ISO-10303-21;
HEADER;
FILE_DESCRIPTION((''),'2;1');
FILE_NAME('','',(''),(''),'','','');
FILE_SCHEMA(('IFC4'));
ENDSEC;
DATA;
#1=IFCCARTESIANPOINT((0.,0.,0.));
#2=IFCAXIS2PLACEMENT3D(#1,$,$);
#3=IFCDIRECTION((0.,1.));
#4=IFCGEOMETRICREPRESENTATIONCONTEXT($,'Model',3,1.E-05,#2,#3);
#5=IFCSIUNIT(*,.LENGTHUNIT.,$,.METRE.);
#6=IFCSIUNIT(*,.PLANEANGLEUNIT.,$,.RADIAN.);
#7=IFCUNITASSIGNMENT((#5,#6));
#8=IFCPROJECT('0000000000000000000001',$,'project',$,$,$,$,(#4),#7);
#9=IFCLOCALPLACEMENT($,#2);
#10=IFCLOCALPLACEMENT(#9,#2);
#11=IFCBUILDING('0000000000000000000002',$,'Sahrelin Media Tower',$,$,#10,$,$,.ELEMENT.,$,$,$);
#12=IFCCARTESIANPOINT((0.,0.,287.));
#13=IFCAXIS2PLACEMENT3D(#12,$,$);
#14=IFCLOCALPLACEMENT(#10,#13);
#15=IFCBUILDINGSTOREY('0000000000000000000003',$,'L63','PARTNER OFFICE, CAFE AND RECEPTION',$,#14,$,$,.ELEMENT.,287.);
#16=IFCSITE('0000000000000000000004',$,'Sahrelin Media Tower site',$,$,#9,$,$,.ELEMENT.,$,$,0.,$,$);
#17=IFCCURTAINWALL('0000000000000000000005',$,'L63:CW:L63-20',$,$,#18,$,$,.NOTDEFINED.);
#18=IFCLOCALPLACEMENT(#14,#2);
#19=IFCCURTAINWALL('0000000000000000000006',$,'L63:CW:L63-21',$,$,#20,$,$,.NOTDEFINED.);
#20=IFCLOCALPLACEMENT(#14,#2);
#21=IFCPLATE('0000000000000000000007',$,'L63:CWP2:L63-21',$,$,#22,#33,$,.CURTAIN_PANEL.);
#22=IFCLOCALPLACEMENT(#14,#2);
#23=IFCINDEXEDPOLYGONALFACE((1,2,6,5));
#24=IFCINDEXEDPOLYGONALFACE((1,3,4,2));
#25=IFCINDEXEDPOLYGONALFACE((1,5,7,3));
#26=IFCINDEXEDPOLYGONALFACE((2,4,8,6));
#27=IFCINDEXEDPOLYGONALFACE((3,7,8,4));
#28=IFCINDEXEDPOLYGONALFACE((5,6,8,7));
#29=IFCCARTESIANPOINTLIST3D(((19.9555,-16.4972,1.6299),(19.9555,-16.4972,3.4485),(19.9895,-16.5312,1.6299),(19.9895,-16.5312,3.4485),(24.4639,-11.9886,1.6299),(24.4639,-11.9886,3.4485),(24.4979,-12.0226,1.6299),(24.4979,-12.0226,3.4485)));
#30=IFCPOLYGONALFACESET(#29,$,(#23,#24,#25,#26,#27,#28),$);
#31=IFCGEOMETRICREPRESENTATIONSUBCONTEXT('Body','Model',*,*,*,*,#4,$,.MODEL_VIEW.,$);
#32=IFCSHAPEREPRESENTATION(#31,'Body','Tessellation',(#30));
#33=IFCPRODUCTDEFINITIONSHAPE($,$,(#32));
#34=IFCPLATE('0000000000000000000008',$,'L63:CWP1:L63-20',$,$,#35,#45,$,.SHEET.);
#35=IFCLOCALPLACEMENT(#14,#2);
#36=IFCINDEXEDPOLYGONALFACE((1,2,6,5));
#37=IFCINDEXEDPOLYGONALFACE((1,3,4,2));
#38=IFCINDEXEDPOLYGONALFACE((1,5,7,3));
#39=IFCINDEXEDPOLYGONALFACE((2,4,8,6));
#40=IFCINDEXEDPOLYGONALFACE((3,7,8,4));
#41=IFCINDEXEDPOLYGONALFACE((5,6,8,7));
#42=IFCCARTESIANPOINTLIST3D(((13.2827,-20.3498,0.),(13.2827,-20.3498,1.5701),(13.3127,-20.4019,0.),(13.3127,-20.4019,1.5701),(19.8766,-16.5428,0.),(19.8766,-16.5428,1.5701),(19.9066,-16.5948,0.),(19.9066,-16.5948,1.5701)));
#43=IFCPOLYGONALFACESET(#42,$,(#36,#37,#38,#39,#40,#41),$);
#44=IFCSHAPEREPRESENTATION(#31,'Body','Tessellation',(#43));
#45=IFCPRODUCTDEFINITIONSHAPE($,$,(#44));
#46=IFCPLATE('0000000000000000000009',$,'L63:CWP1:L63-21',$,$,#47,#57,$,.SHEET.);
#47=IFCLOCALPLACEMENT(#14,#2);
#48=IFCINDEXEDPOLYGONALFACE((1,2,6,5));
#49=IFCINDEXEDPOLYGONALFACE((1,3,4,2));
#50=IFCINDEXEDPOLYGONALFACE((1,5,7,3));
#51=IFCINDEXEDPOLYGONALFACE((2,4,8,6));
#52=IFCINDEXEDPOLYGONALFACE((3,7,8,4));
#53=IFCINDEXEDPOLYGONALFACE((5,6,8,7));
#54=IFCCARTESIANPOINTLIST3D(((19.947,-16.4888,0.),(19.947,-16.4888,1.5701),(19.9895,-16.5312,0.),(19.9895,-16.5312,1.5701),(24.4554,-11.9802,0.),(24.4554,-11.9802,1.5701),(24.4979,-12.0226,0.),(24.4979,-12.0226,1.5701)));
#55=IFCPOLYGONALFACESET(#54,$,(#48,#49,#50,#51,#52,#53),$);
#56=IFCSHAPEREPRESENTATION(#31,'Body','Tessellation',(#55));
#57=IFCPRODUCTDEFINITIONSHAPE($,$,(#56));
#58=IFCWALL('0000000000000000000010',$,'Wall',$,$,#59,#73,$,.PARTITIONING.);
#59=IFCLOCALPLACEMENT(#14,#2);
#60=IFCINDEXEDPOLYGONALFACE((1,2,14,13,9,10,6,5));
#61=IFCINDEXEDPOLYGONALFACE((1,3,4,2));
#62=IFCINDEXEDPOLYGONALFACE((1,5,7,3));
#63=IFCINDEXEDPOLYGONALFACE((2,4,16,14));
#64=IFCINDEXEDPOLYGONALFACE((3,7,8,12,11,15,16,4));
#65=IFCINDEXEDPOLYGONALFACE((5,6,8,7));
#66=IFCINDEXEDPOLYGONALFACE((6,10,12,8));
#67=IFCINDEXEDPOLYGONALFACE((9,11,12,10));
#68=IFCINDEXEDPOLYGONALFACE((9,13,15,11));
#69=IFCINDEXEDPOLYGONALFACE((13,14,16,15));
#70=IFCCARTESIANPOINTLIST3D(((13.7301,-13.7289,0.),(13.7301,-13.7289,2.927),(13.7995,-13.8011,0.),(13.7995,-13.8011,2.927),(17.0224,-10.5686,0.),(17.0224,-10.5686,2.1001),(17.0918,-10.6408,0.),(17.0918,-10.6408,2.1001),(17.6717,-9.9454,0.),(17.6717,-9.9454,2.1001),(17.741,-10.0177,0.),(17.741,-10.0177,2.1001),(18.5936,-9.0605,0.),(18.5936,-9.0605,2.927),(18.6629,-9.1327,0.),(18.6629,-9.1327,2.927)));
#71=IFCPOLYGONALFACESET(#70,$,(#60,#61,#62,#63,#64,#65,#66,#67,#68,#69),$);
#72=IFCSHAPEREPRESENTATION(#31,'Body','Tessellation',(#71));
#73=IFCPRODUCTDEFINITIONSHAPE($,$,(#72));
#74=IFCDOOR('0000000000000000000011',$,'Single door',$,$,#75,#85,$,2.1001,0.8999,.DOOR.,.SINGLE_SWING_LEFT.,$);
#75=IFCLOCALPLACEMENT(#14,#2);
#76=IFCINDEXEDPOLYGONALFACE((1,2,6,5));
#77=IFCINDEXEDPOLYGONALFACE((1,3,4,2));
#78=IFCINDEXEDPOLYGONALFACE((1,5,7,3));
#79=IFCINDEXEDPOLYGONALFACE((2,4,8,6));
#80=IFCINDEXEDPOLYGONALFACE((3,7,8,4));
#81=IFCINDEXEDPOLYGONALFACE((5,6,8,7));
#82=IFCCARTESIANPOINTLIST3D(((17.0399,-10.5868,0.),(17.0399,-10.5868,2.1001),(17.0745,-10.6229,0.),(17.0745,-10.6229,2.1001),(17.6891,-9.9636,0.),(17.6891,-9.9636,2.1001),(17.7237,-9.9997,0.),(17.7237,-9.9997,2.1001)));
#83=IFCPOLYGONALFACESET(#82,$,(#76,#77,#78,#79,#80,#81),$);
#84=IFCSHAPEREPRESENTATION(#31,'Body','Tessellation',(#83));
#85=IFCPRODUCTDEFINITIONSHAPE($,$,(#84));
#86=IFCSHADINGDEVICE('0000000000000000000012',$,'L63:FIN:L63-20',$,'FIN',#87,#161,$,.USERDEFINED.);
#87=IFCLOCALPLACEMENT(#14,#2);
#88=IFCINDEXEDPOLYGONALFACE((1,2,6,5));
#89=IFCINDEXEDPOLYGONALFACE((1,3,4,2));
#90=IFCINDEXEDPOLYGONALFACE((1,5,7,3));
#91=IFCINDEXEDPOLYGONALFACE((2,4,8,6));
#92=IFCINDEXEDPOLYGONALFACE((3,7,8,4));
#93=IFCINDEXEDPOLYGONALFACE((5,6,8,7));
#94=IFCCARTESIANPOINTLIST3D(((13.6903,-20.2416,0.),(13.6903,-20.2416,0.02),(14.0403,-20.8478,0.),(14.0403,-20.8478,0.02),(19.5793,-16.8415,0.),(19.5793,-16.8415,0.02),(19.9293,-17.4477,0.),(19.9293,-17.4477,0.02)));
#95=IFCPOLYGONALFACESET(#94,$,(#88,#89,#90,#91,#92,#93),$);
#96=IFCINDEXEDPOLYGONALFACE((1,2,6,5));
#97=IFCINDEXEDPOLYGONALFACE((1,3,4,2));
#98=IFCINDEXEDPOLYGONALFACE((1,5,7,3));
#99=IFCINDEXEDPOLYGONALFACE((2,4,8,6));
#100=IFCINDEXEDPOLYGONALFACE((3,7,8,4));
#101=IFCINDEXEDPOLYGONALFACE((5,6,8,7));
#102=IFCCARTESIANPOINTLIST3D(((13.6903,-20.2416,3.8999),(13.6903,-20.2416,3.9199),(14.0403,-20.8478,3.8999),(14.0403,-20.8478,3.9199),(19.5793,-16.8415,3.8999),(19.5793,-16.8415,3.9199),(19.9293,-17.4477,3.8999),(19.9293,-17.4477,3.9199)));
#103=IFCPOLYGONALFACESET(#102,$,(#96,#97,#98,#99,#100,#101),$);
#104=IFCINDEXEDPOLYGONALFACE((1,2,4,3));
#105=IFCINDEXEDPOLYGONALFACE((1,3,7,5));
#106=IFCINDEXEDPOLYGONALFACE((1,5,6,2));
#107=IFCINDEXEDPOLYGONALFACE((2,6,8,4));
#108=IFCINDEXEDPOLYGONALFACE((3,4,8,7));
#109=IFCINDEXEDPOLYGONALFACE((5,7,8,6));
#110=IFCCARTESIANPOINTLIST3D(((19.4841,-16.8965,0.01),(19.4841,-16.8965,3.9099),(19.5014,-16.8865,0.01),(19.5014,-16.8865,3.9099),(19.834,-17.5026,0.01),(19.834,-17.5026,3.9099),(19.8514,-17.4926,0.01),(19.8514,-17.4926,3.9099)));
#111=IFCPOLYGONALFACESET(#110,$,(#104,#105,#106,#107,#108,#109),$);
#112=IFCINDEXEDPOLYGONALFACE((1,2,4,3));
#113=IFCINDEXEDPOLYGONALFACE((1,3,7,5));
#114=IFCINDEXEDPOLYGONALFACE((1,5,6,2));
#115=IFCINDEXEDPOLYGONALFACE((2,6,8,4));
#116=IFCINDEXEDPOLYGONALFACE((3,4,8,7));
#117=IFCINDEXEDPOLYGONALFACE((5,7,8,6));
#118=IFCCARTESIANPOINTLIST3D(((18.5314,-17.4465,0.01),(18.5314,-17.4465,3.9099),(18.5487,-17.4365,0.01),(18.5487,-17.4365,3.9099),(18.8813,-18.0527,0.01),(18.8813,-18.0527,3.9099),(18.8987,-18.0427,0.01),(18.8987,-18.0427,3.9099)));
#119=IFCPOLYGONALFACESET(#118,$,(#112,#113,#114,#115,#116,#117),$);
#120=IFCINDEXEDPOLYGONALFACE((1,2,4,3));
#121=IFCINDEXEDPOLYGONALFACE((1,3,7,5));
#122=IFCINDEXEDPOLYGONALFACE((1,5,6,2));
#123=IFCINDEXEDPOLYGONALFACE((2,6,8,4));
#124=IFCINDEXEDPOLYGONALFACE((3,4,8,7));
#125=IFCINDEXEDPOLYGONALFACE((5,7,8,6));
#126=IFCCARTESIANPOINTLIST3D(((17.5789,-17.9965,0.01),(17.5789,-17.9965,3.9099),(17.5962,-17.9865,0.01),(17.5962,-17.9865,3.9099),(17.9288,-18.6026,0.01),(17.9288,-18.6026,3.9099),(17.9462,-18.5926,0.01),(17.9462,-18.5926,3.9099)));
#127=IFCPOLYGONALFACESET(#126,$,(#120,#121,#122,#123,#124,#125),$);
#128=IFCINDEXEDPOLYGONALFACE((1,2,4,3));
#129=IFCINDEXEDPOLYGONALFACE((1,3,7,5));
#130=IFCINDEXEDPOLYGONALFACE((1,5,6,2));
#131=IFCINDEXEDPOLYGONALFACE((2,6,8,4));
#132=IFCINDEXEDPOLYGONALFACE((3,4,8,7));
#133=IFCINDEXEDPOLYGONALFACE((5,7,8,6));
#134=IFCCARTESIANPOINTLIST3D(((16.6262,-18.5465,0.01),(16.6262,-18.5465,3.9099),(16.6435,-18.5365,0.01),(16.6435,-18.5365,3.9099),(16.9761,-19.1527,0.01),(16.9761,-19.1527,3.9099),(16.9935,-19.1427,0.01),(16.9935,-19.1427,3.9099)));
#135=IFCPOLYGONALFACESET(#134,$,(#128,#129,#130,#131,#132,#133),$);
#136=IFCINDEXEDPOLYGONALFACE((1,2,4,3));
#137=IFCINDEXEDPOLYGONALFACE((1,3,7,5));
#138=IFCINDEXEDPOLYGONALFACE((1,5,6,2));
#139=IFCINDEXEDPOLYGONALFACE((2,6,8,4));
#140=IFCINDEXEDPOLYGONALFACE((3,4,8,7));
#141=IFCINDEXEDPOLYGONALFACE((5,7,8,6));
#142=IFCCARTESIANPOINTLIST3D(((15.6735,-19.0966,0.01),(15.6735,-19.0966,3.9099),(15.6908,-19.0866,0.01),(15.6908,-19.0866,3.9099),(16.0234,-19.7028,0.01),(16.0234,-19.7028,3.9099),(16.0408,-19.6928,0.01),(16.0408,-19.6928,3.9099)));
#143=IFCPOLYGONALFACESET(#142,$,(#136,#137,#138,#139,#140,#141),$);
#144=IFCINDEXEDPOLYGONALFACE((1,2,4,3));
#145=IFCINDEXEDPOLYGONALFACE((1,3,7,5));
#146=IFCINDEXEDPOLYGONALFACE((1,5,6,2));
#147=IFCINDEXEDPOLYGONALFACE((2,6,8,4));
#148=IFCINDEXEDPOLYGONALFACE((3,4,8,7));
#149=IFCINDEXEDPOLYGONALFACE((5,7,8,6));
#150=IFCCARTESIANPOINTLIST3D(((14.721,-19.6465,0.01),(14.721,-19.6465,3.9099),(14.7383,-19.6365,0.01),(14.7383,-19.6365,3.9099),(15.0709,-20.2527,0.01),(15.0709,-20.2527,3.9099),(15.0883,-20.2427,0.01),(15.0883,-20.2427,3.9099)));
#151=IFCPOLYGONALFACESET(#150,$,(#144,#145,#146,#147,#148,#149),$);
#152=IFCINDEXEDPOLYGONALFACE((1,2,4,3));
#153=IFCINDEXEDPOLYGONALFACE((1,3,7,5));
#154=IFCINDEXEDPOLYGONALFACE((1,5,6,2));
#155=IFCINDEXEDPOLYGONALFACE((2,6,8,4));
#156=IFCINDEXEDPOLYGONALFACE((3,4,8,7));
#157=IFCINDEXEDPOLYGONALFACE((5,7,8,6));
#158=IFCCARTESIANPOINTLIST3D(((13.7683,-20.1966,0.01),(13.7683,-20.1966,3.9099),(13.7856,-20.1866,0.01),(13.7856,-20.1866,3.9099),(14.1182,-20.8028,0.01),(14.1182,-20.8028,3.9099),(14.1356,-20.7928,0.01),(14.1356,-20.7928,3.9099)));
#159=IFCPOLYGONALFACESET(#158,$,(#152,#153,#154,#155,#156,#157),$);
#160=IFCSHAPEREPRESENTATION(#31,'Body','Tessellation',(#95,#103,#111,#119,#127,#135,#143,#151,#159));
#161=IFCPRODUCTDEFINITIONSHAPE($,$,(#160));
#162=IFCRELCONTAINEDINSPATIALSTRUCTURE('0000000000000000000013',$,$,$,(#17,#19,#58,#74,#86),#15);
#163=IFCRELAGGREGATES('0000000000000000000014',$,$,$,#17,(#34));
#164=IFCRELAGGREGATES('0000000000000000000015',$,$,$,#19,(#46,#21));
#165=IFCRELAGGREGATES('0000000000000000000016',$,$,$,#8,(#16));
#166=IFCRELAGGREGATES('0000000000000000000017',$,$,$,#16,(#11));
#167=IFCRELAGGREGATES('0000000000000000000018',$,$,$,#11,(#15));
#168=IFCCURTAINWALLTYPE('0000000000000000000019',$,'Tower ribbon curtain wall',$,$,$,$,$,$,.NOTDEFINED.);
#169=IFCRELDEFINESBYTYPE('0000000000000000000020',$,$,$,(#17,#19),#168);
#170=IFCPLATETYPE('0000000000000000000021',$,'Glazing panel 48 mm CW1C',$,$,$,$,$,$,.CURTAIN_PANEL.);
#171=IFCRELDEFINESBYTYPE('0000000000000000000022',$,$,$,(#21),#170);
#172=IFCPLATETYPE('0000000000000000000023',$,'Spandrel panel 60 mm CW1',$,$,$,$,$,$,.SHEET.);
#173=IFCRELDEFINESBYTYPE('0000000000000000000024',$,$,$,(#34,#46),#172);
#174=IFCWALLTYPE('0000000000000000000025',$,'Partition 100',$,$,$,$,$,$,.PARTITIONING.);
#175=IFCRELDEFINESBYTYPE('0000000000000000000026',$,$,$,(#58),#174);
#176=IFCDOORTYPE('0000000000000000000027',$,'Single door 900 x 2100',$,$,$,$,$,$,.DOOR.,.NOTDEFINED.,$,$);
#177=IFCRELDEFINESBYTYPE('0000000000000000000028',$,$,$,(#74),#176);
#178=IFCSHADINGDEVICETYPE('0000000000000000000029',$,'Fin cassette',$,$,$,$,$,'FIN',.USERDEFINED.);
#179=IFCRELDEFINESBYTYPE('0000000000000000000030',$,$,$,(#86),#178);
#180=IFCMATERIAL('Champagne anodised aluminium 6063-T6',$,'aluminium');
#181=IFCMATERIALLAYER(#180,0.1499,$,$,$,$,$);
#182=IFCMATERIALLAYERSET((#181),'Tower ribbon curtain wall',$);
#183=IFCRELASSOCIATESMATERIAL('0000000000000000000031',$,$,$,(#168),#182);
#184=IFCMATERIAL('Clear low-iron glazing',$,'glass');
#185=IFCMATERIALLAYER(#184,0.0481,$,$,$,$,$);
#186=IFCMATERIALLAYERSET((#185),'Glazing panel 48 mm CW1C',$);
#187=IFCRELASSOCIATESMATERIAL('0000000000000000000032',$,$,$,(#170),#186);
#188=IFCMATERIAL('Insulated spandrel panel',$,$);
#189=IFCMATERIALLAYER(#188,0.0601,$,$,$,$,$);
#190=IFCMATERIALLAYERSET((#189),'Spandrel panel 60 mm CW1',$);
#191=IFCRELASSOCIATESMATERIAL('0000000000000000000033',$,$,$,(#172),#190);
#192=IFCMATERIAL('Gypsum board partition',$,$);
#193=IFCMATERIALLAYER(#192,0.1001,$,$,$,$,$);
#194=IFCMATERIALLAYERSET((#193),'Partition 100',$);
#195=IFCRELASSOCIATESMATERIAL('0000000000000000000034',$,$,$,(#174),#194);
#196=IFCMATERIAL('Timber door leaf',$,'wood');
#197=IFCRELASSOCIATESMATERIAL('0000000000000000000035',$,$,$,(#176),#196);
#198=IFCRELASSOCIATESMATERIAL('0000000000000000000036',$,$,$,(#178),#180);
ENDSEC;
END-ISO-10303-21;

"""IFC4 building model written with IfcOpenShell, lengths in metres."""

from ifc_helpers import new_model, si_unit, direction, frame, frame_2d, origin, origin_2d, place, context, subcontext, project, spatial, polyline, rectangle, outline, extrude, material, layer, layer_set, type_object, element, fill, aggregate, save


model = new_model("IFC4")

# Units and contexts
model_context = context("Model", 3, precision=1e-05, world=origin(), true_north=direction((0.0, 1.0)))
body_context = subcontext(model_context, "Body", "Model", "MODEL_VIEW")
ifc_project = project(units=[si_unit("LENGTHUNIT", "METRE"), si_unit("PLANEANGLEUNIT", "RADIAN")], contexts=[model_context])

# Site, building, storey
site_placement = place(None, origin())
site = spatial("IfcSite", under=ifc_project, at=site_placement, Name="Sahrelin Media Tower site", CompositionType="ELEMENT", RefElevation=0.0)
building_placement = place(site_placement, origin())
building = spatial("IfcBuilding", under=site, at=building_placement, Name="Sahrelin Media Tower", CompositionType="ELEMENT")
storey_placement = place(building_placement, frame((0.0, 0.0, 287.0)))
storey = spatial("IfcBuildingStorey", under=building, at=storey_placement, Name="L63", Description="PARTNER OFFICE, CAFE AND RECEPTION", CompositionType="ELEMENT", Elevation=287.0)

# Curtain walls
ifc_material_1 = material(Name="Champagne anodised aluminium 6063-T6", Category="aluminium")
ifc_layer_1 = layer(ifc_material_1, 0.1499)
ifc_layer_set_1 = layer_set([ifc_layer_1], Name="Tower ribbon curtain wall")
curtain_wall_type = type_object("IfcCurtainWallType", Name="Tower ribbon curtain wall", PredefinedType="NOTDEFINED", material=ifc_layer_set_1)
curtain_wall_1_placement = place(storey_placement, frame((16.5999, -18.481, 0.0), z_axis=(0.0, 0.0, 1.0), x_axis=(1.0, 0.0, 0.0)))
curtain_wall_1 = element("IfcCurtainWall", 1, at=curtain_wall_1_placement, inside=storey, type_object=curtain_wall_type, Name="L63:CW:L63-20", PredefinedType="NOTDEFINED")
curtain_wall_2_placement = place(storey_placement, frame((22.2295, -14.2629, 0.0), z_axis=(0.0, 0.0, 1.0), x_axis=(1.0, 0.0, 0.0)))
curtain_wall_2 = element("IfcCurtainWall", 2, at=curtain_wall_2_placement, inside=storey, type_object=curtain_wall_type, Name="L63:CW:L63-21", PredefinedType="NOTDEFINED")

# Plates
ifc_material_2 = material(Name="Clear low-iron glazing", Category="glass")
ifc_layer_2 = layer(ifc_material_2, 0.0481)
ifc_layer_set_2 = layer_set([ifc_layer_2], Name="Glazing panel 48 mm CW1C")
plate_type_1 = type_object("IfcPlateType", Name="Glazing panel 48 mm CW1C", PredefinedType="CURTAIN_PANEL", material=ifc_layer_set_2)
plate_1_placement = place(storey_placement, frame((19.9895, -16.5312, 1.6299), z_axis=(0.707126, -0.707088, 0.0), x_axis=(0.707088, 0.707126, 0.0)))
plate_1 = element("IfcPlate", 3, at=plate_1_placement, type_object=plate_type_1, Name="L63:CWP2:L63-21", PredefinedType="CURTAIN_PANEL", context=body_context, shape_type="SweptSolid", body=[
    extrude(outline(polyline([(0.0, 0.0), (6.376, 0.0), (6.376, 1.8186), (0.0, 1.8186), (0.0, 0.0)])), origin(), (0.0, 0.0, -1.0), 0.0481),
])
ifc_material_3 = material(Name="Insulated spandrel panel")
ifc_layer_3 = layer(ifc_material_3, 0.0601)
ifc_layer_set_3 = layer_set([ifc_layer_3], Name="Spandrel panel 60 mm CW1")
plate_type_2 = type_object("IfcPlateType", Name="Spandrel panel 60 mm CW1", PredefinedType="SHEET", material=ifc_layer_set_3)
plate_2_placement = place(storey_placement, frame((13.3127, -20.4019, 0.0), z_axis=(0.500008, -0.866021, 0.0), x_axis=(0.866021, 0.500008, 0.0)))
plate_2 = element("IfcPlate", 4, at=plate_2_placement, type_object=plate_type_2, Name="L63:CWP1:L63-20", PredefinedType="SHEET", context=body_context, shape_type="SweptSolid", body=[
    extrude(outline(polyline([(0.0, 0.0), (7.614, 0.0), (7.614, 1.5701), (0.0, 1.5701), (0.0, 0.0)])), origin(), (0.0, 0.0, -1.0), 0.0601),
])
aggregate(curtain_wall_1, [plate_2])
plate_3_placement = place(storey_placement, frame((19.9895, -16.5312, 0.0), z_axis=(0.707126, -0.707088, 0.0), x_axis=(0.707088, 0.707126, 0.0)))
plate_3 = element("IfcPlate", 5, at=plate_3_placement, type_object=plate_type_2, Name="L63:CWP1:L63-21", PredefinedType="SHEET", context=body_context, shape_type="SweptSolid", body=[
    extrude(outline(polyline([(0.0, 0.0), (6.376, 0.0), (6.376, 1.5701), (0.0, 1.5701), (0.0, 0.0)])), origin(), (0.0, 0.0, -1.0), 0.0601),
])
aggregate(curtain_wall_2, [plate_3, plate_1])

# Wall, opening, door
ifc_material_4 = material(Name="Gypsum board partition")
ifc_layer_4 = layer(ifc_material_4, 0.1001)
ifc_layer_set_4 = layer_set([ifc_layer_4], Name="Partition 100")
wall_type = type_object("IfcWallType", Name="Partition 100", PredefinedType="PARTITIONING", material=ifc_layer_set_4)
wall_placement = place(storey_placement, frame((13.7649, -13.7649, 0.0), z_axis=(0.0, 0.0, 1.0), x_axis=(0.721426, 0.692491, 0.0)))
wall = element("IfcWall", 6, at=wall_placement, inside=storey, type_object=wall_type, Name="Wall", PredefinedType="PARTITIONING", context=body_context, shape_type="SweptSolid", body=[
    extrude(rectangle(XDim=6.7415, YDim=0.1001, at=frame_2d((3.3706, 0.0))), origin(), (0.0, 0.0, 1.0), 2.927),
])
opening_placement = place(wall_placement, frame((4.5635, 0.0, 0.0)))
opening = element("IfcOpeningElement", 7, at=opening_placement, cuts=wall, PredefinedType="OPENING", context=body_context, shape_type="SweptSolid", body=[
    extrude(rectangle(XDim=0.8999, YDim=2.1001, at=frame_2d((0.45, 1.05))), frame((0.0, 0.05, 0.0), z_axis=(0.0, -1.0, 0.0), x_axis=(1.0, 0.0, 0.0)), (0.0, 0.0, 1.0), 0.1001),
])
ifc_material_5 = material(Name="Timber door leaf", Category="wood")
door_type = type_object("IfcDoorType", Name="Single door 900 x 2100", OperationType="NOTDEFINED", PredefinedType="DOOR", material=ifc_material_5)
door_placement = place(opening_placement, origin())
door = element("IfcDoor", 8, at=door_placement, inside=storey, type_object=door_type, Name="Single door", OperationType="SINGLE_SWING_LEFT", OverallHeight=2.1001, OverallWidth=0.8999, PredefinedType="DOOR", context=body_context, shape_type="SweptSolid", body=[
    extrude(rectangle(XDim=0.8999, YDim=2.1001, at=frame_2d((0.45, 1.05))), frame((0.0, 0.0249, 0.0), z_axis=(0.0, -1.0, 0.0), x_axis=(1.0, 0.0, 0.0)), (0.0, 0.0, 1.0), 0.05),
])
fill(opening, door)

# Shading device
shading_device_type_1 = type_object("IfcShadingDeviceType", Name="Fin cassette", ElementType="FIN", PredefinedType="USERDEFINED", material=ifc_material_1)
placement_1 = place(storey_placement, frame((16.5999, -18.481, 0.0), z_axis=(0.0, 0.0, 1.0), x_axis=(-0.866019, -0.500011, 0.0)))
element("IfcShadingDevice", 9, at=placement_1, inside=storey, type_object=shading_device_type_1, Name="L63:FIN:L63-20", ObjectType="FIN", PredefinedType="USERDEFINED", context=body_context, shape_type="SweptSolid", body=[
    extrude(rectangle(XDim=6.8, YDim=0.7, at=origin_2d()), frame((0.0, 0.4199, 0.0)), (0.0, 0.0, 1.0), 0.02),
    extrude(rectangle(XDim=6.8, YDim=0.7, at=origin_2d()), frame((0.0, 0.4199, 3.8999)), (0.0, 0.0, 1.0), 0.02),
    extrude(rectangle(XDim=0.02, YDim=0.7, at=origin_2d()), frame((-3.3, 0.4199, 0.01), z_axis=(0.0, 0.0, 1.0), x_axis=(1.0, 0.0, 0.0)), (0.0, 0.0, 1.0), 3.8999),
    extrude(rectangle(XDim=0.02, YDim=0.7, at=origin_2d()), frame((-2.2, 0.4199, 0.01), z_axis=(0.0, 0.0, 1.0), x_axis=(1.0, 0.0, 0.0)), (0.0, 0.0, 1.0), 3.8999),
    extrude(rectangle(XDim=0.02, YDim=0.7, at=origin_2d()), frame((-1.1001, 0.4199, 0.01), z_axis=(0.0, 0.0, 1.0), x_axis=(1.0, 0.0, 0.0)), (0.0, 0.0, 1.0), 3.8999),
    extrude(rectangle(XDim=0.02, YDim=0.7, at=origin_2d()), frame((0.0, 0.4199, 0.01), z_axis=(0.0, 0.0, 1.0), x_axis=(1.0, 0.0, 0.0)), (0.0, 0.0, 1.0), 3.8999),
    extrude(rectangle(XDim=0.02, YDim=0.7, at=origin_2d()), frame((1.1001, 0.4199, 0.01), z_axis=(0.0, 0.0, 1.0), x_axis=(1.0, 0.0, 0.0)), (0.0, 0.0, 1.0), 3.8999),
    extrude(rectangle(XDim=0.02, YDim=0.7, at=origin_2d()), frame((2.2, 0.4199, 0.01), z_axis=(0.0, 0.0, 1.0), x_axis=(1.0, 0.0, 0.0)), (0.0, 0.0, 1.0), 3.8999),
    extrude(rectangle(XDim=0.02, YDim=0.7, at=origin_2d()), frame((3.3, 0.4199, 0.01), z_axis=(0.0, 0.0, 1.0), x_axis=(1.0, 0.0, 0.0)), (0.0, 0.0, 1.0), 3.8999),
])

save(model, "model.ifc")
